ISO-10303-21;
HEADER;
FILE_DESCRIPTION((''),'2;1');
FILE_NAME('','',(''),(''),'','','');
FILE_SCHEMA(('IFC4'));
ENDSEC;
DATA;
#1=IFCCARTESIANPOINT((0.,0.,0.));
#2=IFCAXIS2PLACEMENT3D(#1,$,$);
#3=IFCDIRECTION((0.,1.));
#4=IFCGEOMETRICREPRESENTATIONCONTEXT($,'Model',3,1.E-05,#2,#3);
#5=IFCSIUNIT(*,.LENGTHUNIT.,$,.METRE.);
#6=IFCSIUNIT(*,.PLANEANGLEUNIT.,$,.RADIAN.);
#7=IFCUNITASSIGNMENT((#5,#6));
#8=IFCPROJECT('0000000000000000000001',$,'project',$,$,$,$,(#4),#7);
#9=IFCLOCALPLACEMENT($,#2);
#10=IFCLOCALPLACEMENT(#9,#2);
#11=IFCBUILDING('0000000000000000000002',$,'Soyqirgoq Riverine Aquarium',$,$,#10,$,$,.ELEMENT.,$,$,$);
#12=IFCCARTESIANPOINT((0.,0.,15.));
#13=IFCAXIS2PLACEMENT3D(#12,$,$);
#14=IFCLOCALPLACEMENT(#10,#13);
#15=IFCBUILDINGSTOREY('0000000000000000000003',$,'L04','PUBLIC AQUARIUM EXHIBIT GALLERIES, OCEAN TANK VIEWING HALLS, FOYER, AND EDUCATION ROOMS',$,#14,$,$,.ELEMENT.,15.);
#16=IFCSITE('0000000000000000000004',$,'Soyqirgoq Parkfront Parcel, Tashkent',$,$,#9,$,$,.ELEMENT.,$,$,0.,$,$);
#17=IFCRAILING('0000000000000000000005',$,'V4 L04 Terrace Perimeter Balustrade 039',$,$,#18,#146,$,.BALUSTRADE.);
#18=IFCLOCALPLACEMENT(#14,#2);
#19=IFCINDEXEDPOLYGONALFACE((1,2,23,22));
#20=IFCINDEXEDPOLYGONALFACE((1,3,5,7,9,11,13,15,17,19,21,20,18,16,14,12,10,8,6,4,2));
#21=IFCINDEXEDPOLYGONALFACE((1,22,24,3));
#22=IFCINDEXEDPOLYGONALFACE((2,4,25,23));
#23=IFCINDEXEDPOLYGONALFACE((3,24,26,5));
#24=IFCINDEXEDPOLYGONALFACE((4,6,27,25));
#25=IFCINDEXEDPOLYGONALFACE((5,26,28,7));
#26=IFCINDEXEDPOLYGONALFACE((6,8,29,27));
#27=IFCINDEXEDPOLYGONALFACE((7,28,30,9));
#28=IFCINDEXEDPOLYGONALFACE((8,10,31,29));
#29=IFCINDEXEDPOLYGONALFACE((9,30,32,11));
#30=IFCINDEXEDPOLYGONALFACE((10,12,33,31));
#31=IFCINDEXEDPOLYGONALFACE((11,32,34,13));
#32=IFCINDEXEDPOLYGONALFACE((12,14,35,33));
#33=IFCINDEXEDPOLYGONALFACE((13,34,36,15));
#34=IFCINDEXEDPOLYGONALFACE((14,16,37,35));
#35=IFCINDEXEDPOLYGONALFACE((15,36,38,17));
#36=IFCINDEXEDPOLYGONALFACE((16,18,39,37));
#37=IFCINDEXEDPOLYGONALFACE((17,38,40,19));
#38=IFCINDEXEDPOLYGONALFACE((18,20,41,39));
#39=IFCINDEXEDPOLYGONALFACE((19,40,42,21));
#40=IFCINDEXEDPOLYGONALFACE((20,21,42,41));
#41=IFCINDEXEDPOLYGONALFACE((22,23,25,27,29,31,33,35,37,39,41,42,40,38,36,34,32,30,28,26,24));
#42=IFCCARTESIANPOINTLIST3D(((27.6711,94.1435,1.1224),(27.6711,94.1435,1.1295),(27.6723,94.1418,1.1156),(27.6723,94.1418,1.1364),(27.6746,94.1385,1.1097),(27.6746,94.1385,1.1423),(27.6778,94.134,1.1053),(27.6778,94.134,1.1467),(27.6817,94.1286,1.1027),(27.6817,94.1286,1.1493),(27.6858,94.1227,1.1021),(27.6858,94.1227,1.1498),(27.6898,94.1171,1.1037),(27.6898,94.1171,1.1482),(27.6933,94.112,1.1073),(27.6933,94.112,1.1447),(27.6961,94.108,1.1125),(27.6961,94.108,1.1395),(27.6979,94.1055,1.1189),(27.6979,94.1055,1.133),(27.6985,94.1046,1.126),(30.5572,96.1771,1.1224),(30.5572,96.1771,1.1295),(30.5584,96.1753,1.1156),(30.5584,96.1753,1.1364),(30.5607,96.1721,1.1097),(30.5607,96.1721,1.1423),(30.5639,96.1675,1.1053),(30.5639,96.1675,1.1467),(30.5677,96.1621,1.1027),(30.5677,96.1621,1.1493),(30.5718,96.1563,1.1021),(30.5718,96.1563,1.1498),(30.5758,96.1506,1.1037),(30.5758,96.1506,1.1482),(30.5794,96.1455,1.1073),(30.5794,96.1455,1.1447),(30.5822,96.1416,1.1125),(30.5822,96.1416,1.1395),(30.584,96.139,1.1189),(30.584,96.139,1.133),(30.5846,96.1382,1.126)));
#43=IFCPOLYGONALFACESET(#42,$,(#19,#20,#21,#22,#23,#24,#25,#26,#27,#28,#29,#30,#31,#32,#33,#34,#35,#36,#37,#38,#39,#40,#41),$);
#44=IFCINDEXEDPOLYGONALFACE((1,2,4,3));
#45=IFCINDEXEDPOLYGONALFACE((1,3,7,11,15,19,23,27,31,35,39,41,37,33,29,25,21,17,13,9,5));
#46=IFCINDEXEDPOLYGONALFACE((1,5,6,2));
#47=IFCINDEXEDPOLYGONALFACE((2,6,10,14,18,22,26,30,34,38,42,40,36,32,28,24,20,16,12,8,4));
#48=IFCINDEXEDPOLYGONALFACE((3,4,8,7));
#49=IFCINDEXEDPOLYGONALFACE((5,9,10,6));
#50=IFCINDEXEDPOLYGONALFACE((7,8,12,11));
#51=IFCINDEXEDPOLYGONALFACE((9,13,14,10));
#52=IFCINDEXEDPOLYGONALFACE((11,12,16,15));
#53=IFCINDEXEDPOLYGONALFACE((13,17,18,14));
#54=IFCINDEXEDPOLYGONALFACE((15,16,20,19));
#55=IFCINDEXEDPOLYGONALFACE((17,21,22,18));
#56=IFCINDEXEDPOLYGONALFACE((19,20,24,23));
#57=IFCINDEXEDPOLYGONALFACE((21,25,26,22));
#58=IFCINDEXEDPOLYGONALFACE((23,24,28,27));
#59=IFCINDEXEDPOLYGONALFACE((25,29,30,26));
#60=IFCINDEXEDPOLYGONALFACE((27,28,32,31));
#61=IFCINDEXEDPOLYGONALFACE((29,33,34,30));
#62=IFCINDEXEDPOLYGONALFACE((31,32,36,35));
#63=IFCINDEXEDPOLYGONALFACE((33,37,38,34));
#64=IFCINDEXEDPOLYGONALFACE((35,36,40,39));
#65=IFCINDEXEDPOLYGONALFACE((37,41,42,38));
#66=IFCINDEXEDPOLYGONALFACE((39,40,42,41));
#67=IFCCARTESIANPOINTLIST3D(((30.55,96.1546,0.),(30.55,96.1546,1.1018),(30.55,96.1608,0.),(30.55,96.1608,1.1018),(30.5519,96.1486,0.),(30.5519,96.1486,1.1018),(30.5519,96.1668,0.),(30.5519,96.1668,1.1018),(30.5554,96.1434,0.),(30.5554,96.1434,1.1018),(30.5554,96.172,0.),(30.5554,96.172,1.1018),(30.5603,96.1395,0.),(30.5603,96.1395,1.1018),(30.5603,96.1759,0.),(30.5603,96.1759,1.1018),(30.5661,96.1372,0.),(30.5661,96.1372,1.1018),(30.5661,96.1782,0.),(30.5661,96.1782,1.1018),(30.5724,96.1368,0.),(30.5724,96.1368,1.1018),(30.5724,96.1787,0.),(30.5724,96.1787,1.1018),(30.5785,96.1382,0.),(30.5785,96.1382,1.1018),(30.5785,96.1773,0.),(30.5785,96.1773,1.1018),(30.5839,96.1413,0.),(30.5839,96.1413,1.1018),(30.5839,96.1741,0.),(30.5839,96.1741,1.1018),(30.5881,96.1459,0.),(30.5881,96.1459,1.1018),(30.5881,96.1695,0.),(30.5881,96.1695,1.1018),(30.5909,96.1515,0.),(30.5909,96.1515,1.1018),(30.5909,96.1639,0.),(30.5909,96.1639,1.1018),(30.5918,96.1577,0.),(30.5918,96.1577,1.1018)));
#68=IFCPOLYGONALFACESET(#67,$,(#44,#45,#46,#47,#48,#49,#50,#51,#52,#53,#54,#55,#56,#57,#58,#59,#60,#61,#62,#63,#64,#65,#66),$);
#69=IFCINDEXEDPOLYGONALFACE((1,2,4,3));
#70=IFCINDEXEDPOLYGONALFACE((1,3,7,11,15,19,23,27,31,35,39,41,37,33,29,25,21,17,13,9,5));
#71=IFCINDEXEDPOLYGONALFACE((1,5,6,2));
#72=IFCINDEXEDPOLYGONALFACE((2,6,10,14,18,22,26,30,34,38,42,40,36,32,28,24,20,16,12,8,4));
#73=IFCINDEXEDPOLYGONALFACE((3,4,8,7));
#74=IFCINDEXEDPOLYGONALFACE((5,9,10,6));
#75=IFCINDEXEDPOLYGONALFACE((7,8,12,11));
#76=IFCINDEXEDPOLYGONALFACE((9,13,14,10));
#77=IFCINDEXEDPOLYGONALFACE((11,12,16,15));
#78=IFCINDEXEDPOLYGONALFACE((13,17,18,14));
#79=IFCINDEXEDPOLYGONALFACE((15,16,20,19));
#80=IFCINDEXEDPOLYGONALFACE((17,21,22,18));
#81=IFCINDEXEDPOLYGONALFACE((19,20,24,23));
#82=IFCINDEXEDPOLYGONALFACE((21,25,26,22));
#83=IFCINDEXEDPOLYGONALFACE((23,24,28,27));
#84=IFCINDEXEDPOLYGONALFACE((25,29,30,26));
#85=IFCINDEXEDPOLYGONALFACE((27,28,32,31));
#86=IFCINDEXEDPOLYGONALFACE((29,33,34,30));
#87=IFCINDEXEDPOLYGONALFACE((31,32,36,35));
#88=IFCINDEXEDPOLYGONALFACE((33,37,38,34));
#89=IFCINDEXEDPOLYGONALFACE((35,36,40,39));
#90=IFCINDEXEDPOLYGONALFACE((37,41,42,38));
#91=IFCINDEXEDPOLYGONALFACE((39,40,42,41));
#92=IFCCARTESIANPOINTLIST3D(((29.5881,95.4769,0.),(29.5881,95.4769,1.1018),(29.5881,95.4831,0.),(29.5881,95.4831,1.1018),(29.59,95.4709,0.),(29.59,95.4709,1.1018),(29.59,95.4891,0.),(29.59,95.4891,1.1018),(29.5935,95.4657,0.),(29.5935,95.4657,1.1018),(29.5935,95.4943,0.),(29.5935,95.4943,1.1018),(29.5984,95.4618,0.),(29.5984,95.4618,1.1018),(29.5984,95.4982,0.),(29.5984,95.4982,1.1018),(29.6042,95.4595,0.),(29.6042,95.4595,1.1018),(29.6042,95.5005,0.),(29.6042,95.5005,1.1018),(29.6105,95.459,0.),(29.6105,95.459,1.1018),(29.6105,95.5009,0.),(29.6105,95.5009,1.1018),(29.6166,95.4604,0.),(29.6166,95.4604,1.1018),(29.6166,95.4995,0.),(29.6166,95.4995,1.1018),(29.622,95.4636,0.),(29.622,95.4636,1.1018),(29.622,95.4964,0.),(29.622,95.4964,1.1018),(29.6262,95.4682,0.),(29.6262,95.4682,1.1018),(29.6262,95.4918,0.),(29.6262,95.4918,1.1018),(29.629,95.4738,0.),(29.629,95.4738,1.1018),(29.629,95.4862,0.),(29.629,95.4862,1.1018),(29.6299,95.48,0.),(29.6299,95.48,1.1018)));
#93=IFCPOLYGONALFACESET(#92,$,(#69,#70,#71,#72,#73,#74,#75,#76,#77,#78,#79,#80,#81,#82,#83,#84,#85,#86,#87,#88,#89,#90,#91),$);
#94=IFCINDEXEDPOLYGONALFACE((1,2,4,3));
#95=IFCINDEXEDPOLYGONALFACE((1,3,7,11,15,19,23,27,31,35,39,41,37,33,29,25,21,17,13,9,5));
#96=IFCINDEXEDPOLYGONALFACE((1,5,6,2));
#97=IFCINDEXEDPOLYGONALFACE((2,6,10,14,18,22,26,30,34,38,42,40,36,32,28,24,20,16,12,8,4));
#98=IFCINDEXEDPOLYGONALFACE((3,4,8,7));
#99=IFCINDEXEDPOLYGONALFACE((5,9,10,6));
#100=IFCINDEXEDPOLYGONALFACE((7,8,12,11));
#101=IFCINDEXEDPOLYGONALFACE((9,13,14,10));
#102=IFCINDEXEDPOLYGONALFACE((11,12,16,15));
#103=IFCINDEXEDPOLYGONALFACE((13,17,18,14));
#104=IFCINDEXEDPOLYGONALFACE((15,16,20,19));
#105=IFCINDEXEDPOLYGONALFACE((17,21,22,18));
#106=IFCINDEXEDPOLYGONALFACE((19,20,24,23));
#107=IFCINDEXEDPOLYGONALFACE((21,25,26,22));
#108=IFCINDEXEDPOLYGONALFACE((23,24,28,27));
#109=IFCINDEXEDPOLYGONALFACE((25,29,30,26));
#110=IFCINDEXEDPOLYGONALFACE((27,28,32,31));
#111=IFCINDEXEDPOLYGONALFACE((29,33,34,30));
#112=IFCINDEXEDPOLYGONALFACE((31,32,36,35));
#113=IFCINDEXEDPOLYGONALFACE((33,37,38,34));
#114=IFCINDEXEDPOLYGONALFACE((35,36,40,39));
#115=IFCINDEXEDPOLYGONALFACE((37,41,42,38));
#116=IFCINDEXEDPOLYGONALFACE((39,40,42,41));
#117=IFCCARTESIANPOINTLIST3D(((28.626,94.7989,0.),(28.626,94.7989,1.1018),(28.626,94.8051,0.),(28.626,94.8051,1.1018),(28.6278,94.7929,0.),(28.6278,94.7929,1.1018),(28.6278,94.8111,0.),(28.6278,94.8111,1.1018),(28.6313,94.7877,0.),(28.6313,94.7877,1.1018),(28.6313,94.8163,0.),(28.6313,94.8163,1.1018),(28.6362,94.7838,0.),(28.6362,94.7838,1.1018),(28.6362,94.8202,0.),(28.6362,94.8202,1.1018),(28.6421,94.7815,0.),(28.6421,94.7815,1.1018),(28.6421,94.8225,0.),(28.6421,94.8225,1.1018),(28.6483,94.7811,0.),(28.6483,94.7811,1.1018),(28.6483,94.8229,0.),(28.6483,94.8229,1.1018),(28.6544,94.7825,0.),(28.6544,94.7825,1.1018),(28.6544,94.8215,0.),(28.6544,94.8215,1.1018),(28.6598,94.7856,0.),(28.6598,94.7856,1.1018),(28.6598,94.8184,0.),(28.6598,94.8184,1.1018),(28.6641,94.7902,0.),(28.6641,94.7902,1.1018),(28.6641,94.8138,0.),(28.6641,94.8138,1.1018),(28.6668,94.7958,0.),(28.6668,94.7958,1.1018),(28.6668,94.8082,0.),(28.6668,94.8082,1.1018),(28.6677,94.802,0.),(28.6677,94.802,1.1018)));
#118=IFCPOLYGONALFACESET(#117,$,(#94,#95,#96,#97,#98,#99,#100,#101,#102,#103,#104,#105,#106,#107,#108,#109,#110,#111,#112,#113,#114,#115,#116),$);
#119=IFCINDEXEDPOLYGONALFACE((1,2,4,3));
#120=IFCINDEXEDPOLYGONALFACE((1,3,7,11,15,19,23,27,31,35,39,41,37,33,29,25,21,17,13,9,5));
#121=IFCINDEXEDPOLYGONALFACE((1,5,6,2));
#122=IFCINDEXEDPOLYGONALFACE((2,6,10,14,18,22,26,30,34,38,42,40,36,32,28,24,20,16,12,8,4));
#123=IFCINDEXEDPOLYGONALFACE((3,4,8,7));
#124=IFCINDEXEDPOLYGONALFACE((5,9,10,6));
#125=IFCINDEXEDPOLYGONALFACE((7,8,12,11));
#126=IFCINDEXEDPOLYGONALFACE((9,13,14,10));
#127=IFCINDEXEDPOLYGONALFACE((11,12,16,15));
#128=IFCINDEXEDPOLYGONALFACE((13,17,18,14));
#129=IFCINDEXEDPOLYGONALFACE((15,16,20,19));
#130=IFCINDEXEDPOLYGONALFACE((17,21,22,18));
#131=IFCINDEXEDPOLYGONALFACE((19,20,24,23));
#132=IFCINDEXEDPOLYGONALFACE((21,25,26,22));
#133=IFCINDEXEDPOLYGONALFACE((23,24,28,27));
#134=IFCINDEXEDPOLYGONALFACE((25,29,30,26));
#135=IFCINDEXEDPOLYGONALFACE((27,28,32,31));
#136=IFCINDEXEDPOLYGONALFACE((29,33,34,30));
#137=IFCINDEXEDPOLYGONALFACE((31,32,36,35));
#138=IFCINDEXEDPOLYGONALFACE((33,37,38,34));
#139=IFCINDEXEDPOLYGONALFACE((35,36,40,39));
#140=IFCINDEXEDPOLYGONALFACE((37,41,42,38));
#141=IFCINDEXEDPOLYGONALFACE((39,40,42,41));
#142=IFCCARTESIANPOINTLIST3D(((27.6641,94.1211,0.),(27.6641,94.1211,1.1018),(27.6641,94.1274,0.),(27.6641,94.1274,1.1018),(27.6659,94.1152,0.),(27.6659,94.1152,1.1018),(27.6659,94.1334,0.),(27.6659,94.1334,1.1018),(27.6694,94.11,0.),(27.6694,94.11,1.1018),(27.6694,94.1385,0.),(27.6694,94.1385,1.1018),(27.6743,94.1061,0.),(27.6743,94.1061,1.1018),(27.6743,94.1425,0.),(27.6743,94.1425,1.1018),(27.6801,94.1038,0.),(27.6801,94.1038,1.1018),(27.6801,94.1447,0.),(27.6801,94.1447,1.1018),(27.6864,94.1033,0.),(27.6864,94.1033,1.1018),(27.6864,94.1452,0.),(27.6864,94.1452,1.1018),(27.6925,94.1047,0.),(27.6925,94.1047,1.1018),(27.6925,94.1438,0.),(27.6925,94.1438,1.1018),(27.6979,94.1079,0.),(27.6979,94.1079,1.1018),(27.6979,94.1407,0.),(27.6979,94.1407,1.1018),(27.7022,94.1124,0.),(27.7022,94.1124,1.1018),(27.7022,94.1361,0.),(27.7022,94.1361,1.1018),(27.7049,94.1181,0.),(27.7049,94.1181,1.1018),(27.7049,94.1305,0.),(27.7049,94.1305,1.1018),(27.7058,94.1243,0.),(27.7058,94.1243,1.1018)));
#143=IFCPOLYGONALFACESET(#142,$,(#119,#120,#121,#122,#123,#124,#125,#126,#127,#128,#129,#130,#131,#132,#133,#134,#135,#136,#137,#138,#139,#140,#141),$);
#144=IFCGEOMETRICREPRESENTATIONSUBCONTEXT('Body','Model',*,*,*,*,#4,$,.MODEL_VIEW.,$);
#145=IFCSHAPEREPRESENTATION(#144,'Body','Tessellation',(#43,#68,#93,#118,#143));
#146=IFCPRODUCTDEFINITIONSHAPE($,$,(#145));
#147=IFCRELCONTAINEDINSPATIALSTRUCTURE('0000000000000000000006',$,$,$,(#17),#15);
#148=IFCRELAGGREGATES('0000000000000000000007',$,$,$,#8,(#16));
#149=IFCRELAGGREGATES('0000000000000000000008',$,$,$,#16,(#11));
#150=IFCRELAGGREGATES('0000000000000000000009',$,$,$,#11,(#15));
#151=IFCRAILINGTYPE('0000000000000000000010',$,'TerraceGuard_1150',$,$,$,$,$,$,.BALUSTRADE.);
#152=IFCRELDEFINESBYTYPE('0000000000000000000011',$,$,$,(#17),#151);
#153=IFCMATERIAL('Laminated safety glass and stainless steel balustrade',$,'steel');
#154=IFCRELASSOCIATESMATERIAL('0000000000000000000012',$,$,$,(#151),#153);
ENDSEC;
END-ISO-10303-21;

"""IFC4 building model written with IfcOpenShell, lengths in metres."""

from ifc_helpers import new_model, si_unit, direction, frame, origin, origin_2d, place, context, subcontext, project, spatial, circle, extrude, material, type_object, element, save


model = new_model("IFC4")

# Units and contexts
model_context = context("Model", 3, precision=1e-05, world=origin(), true_north=direction((0.0, 1.0)))
body_context = subcontext(model_context, "Body", "Model", "MODEL_VIEW")
ifc_project = project(units=[si_unit("LENGTHUNIT", "METRE"), si_unit("PLANEANGLEUNIT", "RADIAN")], contexts=[model_context])

# Site, building, storey
site_placement = place(None, origin())
site = spatial("IfcSite", under=ifc_project, at=site_placement, Name="Soyqirgoq Parkfront Parcel, Tashkent", CompositionType="ELEMENT", RefElevation=0.0)
building_placement = place(site_placement, origin())
building = spatial("IfcBuilding", under=site, at=building_placement, Name="Soyqirgoq Riverine Aquarium", CompositionType="ELEMENT")
storey_placement = place(building_placement, frame((0.0, 0.0, 15.0)))
storey = spatial("IfcBuildingStorey", under=building, at=storey_placement, Name="L04", Description="PUBLIC AQUARIUM EXHIBIT GALLERIES, OCEAN TANK VIEWING HALLS, FOYER, AND EDUCATION ROOMS", CompositionType="ELEMENT", Elevation=15.0)

# Railing
ifc_material_1 = material(Name="Laminated safety glass and stainless steel balustrade", Category="steel")
railing_type = type_object("IfcRailingType", Name="TerraceGuard_1150", PredefinedType="BALUSTRADE", material=ifc_material_1)
railing_1_placement = place(storey_placement, frame((30.5708, 96.1577, 0.0)))
element("IfcRailing", 1, at=railing_1_placement, inside=storey, type_object=railing_type, Name="V4 L04 Terrace Perimeter Balustrade 039", PredefinedType="BALUSTRADE", context=body_context, shape_type="SweptSolid", body=[
    extrude(circle(Radius=0.0239, at=origin_2d()), frame((0.0, 0.0, 1.126), z_axis=(-0.817464, -0.57598, 0.0), x_axis=(0.57598, -0.817464, 0.0)), (0.0, 0.0, 1.0), 3.5305),
    extrude(circle(Radius=0.021, at=origin_2d()), origin(), (0.0, 0.0, 1.0), 1.1018),
    extrude(circle(Radius=0.021, at=origin_2d()), frame((-0.9619, -0.6777, 0.0)), (0.0, 0.0, 1.0), 1.1018),
    extrude(circle(Radius=0.021, at=origin_2d()), frame((-1.9241, -1.3557, 0.0)), (0.0, 0.0, 1.0), 1.1018),
    extrude(circle(Radius=0.021, at=origin_2d()), frame((-2.886, -2.0334, 0.0)), (0.0, 0.0, 1.0), 1.1018),
])

save(model, "model.ifc")
